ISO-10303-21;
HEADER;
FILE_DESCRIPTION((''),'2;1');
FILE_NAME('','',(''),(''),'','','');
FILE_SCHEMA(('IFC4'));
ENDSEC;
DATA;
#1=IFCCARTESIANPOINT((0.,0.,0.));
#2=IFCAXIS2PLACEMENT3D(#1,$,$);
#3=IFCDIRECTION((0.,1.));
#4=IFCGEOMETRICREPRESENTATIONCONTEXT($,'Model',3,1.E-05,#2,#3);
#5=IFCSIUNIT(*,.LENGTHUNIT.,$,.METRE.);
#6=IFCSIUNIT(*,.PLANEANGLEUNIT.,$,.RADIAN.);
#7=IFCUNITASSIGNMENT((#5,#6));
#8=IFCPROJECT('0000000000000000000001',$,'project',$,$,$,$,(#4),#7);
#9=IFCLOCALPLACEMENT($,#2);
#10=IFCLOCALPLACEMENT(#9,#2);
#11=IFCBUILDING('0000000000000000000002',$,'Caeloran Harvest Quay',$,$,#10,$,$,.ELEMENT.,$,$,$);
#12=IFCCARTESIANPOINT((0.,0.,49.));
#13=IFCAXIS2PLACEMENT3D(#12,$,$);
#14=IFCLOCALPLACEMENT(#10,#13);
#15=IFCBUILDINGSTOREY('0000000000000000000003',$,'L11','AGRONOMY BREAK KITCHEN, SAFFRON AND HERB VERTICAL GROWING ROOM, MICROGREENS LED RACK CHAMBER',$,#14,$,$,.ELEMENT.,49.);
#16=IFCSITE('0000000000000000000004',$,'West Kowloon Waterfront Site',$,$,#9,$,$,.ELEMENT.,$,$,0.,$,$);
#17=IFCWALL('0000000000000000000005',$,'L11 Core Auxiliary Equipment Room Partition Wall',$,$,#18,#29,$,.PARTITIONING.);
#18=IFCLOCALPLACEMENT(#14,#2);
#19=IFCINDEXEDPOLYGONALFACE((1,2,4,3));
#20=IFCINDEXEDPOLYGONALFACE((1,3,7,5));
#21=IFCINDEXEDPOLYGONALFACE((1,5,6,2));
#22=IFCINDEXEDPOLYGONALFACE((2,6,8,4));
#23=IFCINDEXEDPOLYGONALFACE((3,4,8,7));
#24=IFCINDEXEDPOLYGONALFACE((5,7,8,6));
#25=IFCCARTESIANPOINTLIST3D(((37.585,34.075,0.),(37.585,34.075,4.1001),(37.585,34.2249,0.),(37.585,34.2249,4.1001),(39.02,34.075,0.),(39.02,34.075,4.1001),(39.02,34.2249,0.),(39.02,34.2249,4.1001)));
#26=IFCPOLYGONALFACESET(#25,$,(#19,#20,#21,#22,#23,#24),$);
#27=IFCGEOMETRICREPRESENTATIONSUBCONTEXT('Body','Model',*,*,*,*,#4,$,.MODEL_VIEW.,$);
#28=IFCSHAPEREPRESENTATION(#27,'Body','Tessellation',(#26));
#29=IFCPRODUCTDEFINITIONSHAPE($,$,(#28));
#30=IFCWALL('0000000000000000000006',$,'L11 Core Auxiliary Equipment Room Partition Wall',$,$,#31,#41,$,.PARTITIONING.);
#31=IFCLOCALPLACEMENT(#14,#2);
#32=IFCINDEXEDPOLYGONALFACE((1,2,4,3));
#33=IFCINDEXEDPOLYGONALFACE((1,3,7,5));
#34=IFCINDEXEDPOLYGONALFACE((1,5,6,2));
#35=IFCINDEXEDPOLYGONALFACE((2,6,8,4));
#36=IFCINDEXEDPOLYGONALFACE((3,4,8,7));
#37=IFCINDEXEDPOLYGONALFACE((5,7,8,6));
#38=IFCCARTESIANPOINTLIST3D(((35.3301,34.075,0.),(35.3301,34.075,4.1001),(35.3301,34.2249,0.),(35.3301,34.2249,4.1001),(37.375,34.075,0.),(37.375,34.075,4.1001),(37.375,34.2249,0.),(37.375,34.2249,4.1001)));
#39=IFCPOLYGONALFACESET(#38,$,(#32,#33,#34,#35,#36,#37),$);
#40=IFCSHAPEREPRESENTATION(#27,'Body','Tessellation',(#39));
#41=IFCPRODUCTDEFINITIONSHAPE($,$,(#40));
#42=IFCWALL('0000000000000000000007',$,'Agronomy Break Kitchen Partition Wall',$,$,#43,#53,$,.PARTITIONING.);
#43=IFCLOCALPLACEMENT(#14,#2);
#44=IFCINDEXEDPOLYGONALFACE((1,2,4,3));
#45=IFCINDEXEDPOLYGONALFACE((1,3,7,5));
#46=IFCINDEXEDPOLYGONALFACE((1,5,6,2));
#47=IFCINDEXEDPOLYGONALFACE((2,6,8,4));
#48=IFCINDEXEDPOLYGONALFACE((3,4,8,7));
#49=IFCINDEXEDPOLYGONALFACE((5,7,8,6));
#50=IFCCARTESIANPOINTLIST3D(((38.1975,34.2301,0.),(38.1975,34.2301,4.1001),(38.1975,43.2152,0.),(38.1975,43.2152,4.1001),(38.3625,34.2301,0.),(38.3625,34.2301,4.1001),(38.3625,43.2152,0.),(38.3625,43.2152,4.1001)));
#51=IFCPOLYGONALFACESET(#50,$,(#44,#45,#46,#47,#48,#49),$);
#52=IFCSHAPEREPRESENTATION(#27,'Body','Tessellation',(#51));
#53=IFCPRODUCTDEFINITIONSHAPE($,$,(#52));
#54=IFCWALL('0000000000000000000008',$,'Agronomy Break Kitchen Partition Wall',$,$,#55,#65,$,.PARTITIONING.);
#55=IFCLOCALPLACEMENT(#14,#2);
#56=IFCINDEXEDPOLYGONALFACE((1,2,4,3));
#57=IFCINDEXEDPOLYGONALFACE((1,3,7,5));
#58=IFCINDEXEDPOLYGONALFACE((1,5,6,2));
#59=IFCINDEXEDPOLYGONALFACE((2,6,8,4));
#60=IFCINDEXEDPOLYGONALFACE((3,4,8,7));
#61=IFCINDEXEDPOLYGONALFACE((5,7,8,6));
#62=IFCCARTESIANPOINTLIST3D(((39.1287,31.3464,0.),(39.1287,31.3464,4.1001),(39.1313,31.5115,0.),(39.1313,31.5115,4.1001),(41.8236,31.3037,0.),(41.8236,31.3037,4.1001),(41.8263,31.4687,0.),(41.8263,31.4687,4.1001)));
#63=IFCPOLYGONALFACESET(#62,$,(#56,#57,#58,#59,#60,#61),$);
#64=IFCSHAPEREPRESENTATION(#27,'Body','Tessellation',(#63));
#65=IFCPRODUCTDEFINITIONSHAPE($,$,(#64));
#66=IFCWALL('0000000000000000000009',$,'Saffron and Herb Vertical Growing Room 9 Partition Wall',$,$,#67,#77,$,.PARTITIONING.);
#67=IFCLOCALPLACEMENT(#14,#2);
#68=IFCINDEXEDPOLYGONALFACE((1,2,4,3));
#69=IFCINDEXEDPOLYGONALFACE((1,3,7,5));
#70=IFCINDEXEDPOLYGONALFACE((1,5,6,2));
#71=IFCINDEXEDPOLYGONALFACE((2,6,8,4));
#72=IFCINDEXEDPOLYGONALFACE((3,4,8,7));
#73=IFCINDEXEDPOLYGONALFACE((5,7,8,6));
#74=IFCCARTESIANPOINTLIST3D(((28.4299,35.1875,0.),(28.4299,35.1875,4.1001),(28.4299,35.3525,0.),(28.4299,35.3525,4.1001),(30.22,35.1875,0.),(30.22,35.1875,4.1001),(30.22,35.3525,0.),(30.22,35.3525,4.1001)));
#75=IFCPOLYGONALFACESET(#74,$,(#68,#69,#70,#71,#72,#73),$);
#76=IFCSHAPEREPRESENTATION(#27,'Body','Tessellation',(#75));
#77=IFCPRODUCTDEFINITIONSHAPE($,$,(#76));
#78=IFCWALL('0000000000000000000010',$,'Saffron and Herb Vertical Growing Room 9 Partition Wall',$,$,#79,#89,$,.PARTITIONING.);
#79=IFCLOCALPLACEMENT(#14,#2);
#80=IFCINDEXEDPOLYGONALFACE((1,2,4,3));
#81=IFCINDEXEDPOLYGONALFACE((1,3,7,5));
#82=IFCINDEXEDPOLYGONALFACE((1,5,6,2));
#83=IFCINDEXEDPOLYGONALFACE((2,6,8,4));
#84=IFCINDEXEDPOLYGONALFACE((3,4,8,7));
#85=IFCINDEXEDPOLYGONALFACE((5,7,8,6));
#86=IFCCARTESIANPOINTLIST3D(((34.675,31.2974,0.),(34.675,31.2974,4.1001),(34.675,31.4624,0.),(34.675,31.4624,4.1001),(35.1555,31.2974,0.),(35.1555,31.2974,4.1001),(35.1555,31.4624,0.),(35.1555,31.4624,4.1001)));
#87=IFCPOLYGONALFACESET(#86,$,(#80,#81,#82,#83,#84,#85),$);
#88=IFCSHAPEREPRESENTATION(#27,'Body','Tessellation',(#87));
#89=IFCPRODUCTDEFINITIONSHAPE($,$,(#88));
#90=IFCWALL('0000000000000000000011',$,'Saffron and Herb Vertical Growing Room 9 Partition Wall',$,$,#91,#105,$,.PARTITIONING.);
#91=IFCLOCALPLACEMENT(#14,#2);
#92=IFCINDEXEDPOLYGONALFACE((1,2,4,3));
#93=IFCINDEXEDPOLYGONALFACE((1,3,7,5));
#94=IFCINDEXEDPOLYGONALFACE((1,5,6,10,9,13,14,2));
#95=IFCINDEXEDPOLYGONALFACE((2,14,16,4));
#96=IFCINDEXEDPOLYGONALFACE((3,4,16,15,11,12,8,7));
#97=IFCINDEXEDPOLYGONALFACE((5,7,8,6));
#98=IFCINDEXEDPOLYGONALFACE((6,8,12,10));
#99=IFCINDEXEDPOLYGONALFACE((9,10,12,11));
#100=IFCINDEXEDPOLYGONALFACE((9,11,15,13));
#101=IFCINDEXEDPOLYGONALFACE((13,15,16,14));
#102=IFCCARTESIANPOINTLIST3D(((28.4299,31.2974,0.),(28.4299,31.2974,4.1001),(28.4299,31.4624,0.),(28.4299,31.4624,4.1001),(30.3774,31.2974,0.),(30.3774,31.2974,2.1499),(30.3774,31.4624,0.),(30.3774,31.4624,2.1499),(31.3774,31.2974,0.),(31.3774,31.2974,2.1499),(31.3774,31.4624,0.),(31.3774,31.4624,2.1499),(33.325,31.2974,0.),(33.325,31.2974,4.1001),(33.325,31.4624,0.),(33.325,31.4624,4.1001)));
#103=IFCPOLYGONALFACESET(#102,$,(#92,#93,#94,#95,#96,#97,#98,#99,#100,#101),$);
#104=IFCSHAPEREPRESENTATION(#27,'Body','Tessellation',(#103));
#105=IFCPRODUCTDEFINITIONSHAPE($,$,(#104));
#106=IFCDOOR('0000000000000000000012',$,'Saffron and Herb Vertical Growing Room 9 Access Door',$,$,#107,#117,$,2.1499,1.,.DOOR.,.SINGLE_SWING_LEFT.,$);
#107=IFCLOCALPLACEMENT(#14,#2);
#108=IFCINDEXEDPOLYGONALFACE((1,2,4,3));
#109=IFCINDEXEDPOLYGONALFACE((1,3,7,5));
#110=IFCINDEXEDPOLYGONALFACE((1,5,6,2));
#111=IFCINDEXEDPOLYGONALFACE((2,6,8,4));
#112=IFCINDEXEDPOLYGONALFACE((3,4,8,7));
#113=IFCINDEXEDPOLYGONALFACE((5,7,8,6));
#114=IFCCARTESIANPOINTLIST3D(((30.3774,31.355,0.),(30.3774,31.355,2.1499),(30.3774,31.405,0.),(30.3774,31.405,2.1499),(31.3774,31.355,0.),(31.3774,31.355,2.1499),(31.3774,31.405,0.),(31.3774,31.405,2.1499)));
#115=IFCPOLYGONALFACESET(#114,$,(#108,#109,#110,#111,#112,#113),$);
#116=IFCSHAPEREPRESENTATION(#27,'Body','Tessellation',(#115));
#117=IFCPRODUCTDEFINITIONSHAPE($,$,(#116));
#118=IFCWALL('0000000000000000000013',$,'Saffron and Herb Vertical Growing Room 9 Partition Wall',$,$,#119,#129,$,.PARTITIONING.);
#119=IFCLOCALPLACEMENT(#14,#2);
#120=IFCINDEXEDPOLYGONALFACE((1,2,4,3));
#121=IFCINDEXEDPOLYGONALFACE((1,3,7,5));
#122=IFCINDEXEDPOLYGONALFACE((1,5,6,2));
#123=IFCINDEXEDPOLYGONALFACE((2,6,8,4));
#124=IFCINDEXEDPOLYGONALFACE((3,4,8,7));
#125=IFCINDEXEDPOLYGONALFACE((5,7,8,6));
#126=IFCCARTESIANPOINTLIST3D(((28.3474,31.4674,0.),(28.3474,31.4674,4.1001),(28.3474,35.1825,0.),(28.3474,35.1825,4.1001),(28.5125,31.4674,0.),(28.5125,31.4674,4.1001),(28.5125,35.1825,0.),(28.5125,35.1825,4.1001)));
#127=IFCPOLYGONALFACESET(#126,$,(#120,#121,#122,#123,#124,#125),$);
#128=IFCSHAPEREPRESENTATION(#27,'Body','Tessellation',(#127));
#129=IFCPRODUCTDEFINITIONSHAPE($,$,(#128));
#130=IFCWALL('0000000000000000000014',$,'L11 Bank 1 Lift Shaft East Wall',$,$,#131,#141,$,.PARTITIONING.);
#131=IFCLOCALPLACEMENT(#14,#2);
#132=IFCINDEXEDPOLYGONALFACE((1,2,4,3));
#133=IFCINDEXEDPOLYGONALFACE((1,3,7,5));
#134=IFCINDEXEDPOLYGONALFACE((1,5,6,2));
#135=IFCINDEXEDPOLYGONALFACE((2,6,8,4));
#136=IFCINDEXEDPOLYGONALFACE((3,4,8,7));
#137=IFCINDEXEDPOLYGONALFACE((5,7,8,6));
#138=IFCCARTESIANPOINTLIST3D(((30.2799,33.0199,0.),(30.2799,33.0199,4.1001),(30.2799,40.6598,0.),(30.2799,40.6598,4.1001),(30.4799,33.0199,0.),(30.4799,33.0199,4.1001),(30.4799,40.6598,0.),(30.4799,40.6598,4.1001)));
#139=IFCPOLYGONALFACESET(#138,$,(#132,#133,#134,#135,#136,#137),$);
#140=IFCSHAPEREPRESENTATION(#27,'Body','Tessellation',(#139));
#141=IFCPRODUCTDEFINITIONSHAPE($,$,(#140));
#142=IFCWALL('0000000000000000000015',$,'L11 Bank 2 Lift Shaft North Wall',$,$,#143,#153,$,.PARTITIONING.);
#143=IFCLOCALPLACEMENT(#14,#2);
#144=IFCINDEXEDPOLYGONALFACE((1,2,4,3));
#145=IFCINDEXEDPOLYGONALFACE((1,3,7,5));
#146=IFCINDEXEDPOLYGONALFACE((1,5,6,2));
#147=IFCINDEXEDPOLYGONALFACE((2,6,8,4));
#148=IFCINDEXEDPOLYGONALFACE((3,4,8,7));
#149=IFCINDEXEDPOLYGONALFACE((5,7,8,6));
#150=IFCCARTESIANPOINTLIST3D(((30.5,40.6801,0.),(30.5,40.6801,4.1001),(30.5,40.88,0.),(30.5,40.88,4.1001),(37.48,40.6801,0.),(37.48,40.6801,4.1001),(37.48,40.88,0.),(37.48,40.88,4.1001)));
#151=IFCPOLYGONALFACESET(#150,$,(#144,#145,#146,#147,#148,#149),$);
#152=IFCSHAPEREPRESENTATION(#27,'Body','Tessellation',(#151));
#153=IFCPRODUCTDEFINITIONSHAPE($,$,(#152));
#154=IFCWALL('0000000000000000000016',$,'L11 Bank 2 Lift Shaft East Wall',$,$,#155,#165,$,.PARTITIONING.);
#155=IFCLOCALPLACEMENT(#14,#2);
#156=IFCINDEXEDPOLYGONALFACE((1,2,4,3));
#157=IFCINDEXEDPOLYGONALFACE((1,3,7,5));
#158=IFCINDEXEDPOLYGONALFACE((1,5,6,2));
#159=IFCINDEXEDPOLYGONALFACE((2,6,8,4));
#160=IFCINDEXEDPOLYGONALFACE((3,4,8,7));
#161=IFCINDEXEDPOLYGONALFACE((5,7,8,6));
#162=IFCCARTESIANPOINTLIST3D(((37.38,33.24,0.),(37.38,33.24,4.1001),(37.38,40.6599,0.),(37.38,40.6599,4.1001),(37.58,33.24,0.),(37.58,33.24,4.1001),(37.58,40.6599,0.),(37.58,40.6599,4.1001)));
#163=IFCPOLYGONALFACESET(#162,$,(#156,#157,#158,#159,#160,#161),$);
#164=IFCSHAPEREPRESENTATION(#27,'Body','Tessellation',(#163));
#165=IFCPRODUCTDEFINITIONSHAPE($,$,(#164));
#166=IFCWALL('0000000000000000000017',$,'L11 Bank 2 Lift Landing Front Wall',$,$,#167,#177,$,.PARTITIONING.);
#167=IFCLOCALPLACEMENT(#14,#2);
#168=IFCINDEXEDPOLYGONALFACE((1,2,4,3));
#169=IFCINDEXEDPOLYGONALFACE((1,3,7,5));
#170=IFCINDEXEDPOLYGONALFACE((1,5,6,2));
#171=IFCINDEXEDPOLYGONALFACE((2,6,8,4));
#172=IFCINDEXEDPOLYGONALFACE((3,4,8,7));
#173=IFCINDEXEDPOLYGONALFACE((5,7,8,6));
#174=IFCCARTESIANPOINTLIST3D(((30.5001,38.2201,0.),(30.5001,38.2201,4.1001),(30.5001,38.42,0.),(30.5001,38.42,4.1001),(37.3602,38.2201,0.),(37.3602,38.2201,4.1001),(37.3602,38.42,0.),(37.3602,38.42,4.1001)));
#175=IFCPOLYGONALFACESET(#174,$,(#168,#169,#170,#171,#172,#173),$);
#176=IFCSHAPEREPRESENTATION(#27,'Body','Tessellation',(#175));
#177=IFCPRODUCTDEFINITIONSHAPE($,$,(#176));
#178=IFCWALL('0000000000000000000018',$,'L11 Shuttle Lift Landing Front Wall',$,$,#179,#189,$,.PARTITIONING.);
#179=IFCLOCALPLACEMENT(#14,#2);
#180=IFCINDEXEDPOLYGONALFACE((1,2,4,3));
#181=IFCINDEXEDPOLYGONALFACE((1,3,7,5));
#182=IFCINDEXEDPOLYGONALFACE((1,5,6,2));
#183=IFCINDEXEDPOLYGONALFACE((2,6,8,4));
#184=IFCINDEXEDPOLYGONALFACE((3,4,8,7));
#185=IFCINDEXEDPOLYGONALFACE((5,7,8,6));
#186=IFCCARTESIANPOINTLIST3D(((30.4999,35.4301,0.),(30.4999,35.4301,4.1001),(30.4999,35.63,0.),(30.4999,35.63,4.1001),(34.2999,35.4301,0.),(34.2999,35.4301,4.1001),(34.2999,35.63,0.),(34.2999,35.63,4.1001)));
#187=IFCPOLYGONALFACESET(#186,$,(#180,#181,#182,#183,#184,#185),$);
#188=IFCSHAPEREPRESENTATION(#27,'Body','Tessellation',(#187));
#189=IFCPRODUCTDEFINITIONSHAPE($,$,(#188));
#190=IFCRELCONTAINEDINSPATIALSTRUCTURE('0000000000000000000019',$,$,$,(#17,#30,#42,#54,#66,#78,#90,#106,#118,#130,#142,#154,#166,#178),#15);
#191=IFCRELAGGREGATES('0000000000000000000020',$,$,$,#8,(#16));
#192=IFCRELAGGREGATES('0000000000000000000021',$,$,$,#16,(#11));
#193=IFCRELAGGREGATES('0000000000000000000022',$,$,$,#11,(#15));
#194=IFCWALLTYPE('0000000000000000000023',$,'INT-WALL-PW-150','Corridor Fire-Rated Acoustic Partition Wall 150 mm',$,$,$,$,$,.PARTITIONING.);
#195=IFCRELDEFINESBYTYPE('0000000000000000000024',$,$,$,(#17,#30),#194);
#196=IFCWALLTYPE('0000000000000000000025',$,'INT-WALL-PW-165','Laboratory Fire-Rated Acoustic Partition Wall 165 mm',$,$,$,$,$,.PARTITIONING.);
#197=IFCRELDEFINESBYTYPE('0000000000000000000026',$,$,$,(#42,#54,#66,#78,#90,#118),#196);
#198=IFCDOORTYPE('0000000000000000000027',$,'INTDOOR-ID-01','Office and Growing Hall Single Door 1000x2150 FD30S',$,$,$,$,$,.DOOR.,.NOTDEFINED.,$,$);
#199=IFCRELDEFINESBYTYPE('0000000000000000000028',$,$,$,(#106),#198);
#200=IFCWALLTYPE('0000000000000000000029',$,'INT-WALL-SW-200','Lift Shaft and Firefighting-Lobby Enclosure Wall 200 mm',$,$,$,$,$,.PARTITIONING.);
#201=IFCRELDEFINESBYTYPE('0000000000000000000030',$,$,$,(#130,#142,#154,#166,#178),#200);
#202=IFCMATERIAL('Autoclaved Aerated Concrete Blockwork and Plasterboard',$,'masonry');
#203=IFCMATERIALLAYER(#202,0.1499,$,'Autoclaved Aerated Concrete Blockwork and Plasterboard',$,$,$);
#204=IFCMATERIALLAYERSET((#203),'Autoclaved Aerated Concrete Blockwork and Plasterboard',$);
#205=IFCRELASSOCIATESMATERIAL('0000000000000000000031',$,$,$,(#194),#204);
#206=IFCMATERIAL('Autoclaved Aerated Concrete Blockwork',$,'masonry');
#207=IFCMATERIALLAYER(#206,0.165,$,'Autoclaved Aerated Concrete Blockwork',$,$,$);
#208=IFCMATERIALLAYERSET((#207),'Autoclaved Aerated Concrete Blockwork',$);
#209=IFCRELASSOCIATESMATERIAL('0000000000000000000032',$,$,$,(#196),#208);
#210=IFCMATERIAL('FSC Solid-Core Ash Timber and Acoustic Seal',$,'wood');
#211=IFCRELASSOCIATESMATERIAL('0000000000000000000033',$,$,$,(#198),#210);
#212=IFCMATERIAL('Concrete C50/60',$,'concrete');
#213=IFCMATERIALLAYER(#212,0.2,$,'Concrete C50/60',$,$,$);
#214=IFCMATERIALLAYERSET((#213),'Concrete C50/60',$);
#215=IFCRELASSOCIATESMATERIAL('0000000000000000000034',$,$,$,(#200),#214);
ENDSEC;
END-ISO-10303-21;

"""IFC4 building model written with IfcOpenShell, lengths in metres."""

from ifc_helpers import new_model, si_unit, direction, frame, frame_2d, origin, place, context, subcontext, project, spatial, rectangle, extrude, material, layer, layer_set, type_object, element, fill, save


model = new_model("IFC4")

# Units and contexts
model_context = context("Model", 3, precision=1e-05, world=origin(), true_north=direction((0.0, 1.0)))
body_context = subcontext(model_context, "Body", "Model", "MODEL_VIEW")
ifc_project = project(units=[si_unit("LENGTHUNIT", "METRE"), si_unit("PLANEANGLEUNIT", "RADIAN")], contexts=[model_context])

# Site, building, storey
site_placement = place(None, origin())
site = spatial("IfcSite", under=ifc_project, at=site_placement, Name="West Kowloon Waterfront Site", CompositionType="ELEMENT", RefElevation=0.0)
building_placement = place(site_placement, origin())
building = spatial("IfcBuilding", under=site, at=building_placement, Name="Caeloran Harvest Quay", CompositionType="ELEMENT")
storey_placement = place(building_placement, frame((0.0, 0.0, 49.0)))
storey = spatial("IfcBuildingStorey", under=building, at=storey_placement, Name="L11", Description="AGRONOMY BREAK KITCHEN, SAFFRON AND HERB VERTICAL GROWING ROOM, MICROGREENS LED RACK CHAMBER", CompositionType="ELEMENT", Elevation=49.0)

# Shared definitions
ifc_material_1 = material(Name="Autoclaved Aerated Concrete Blockwork and Plasterboard", Category="masonry")
ifc_layer_1 = layer(ifc_material_1, 0.1499, Name="Autoclaved Aerated Concrete Blockwork and Plasterboard")
ifc_layer_set_1 = layer_set([ifc_layer_1], Name="Autoclaved Aerated Concrete Blockwork and Plasterboard")
wall_type_1 = type_object("IfcWallType", Name="INT-WALL-PW-150", Description="Corridor Fire-Rated Acoustic Partition Wall 150 mm", PredefinedType="PARTITIONING", material=ifc_layer_set_1)

# Walls
wall_1_placement = place(storey_placement, frame((37.585, 34.1499, 0.0), z_axis=(0.0, 0.0, 1.0), x_axis=(1.0, 0.0, 0.0)))
element("IfcWall", 1, at=wall_1_placement, inside=storey, type_object=wall_type_1, Name="L11 Core Auxiliary Equipment Room Partition Wall", PredefinedType="PARTITIONING", context=body_context, shape_type="SweptSolid", body=[
    extrude(rectangle(XDim=1.4351, YDim=0.1499, at=frame_2d((0.7175, 0.0))), origin(), (0.0, 0.0, 1.0), 4.1001),
])
wall_2_placement = place(storey_placement, frame((35.3301, 34.1499, 0.0), z_axis=(0.0, 0.0, 1.0), x_axis=(1.0, 0.0, 0.0)))
element("IfcWall", 2, at=wall_2_placement, inside=storey, type_object=wall_type_1, Name="L11 Core Auxiliary Equipment Room Partition Wall", PredefinedType="PARTITIONING", context=body_context, shape_type="SweptSolid", body=[
    extrude(rectangle(XDim=2.0449, YDim=0.1499, at=frame_2d((1.0225, 0.0))), origin(), (0.0, 0.0, 1.0), 4.1001),
])
ifc_material_2 = material(Name="Autoclaved Aerated Concrete Blockwork", Category="masonry")
ifc_layer_2 = layer(ifc_material_2, 0.165, Name="Autoclaved Aerated Concrete Blockwork")
ifc_layer_set_2 = layer_set([ifc_layer_2], Name="Autoclaved Aerated Concrete Blockwork")
wall_type_2 = type_object("IfcWallType", Name="INT-WALL-PW-165", Description="Laboratory Fire-Rated Acoustic Partition Wall 165 mm", PredefinedType="PARTITIONING", material=ifc_layer_set_2)
wall_3_placement = place(storey_placement, frame((38.28, 34.23, 0.0), z_axis=(0.0, 0.0, 1.0), x_axis=(0.0, 1.0, 0.0)))
element("IfcWall", 3, at=wall_3_placement, inside=storey, type_object=wall_type_2, Name="Agronomy Break Kitchen Partition Wall", PredefinedType="PARTITIONING", context=body_context, shape_type="SweptSolid", body=[
    extrude(rectangle(XDim=8.9851, YDim=0.165, at=frame_2d((4.4927, 0.0))), origin(), (0.0, 0.0, 1.0), 4.1001),
])
wall_4_placement = place(storey_placement, frame((41.825, 31.3862, 0.0), z_axis=(0.0, 0.0, 1.0), x_axis=(-0.999874, 0.015851, 0.0)))
element("IfcWall", 4, at=wall_4_placement, inside=storey, type_object=wall_type_2, Name="Agronomy Break Kitchen Partition Wall", PredefinedType="PARTITIONING", context=body_context, shape_type="SweptSolid", body=[
    extrude(rectangle(XDim=2.6953, YDim=0.165, at=frame_2d((1.3477, 0.0))), origin(), (0.0, 0.0, 1.0), 4.1001),
])
wall_5_placement = place(storey_placement, frame((28.4299, 35.27, 0.0), z_axis=(0.0, 0.0, 1.0), x_axis=(1.0, 0.0, 0.0)))
element("IfcWall", 5, at=wall_5_placement, inside=storey, type_object=wall_type_2, Name="Saffron and Herb Vertical Growing Room 9 Partition Wall", PredefinedType="PARTITIONING", context=body_context, shape_type="SweptSolid", body=[
    extrude(rectangle(XDim=1.79, YDim=0.165, at=frame_2d((0.895, 0.0))), origin(), (0.0, 0.0, 1.0), 4.1001),
])
wall_6_placement = place(storey_placement, frame((35.1555, 31.3799, 0.0), z_axis=(0.0, 0.0, 1.0), x_axis=(-1.0, 0.0, 0.0)))
element("IfcWall", 6, at=wall_6_placement, inside=storey, type_object=wall_type_2, Name="Saffron and Herb Vertical Growing Room 9 Partition Wall", PredefinedType="PARTITIONING", context=body_context, shape_type="SweptSolid", body=[
    extrude(rectangle(XDim=0.4805, YDim=0.165, at=frame_2d((0.2402, 0.0))), origin(), (0.0, 0.0, 1.0), 4.1001),
])

# Wall, opening, door
wall_7_placement = place(storey_placement, frame((33.325, 31.3799, 0.0), z_axis=(0.0, 0.0, 1.0), x_axis=(-1.0, 0.0, 0.0)))
wall_7 = element("IfcWall", 7, at=wall_7_placement, inside=storey, type_object=wall_type_2, Name="Saffron and Herb Vertical Growing Room 9 Partition Wall", PredefinedType="PARTITIONING", context=body_context, shape_type="SweptSolid", body=[
    extrude(rectangle(XDim=4.895, YDim=0.165, at=frame_2d((2.4475, 0.0))), origin(), (0.0, 0.0, 1.0), 4.1001),
])
opening_1_placement = place(wall_7_placement, frame((1.9475, 0.0, 0.0)))
opening_1 = element("IfcOpeningElement", 8, at=opening_1_placement, cuts=wall_7, PredefinedType="OPENING", context=body_context, shape_type="SweptSolid", body=[
    extrude(rectangle(XDim=1.0, YDim=2.1499, at=frame_2d((0.5, 1.075))), frame((0.0, 0.0925, 0.0), z_axis=(0.0, -1.0, 0.0), x_axis=(1.0, 0.0, 0.0)), (0.0, 0.0, 1.0), 0.1851),
])
ifc_material_3 = material(Name="FSC Solid-Core Ash Timber and Acoustic Seal", Category="wood")
door_type_1 = type_object("IfcDoorType", Name="INTDOOR-ID-01", Description="Office and Growing Hall Single Door 1000x2150 FD30S", OperationType="NOTDEFINED", PredefinedType="DOOR", material=ifc_material_3)
door_1_placement = place(opening_1_placement, origin())
door_1 = element("IfcDoor", 9, at=door_1_placement, inside=storey, type_object=door_type_1, Name="Saffron and Herb Vertical Growing Room 9 Access Door", OperationType="SINGLE_SWING_LEFT", OverallHeight=2.1499, OverallWidth=1.0, PredefinedType="DOOR", context=body_context, shape_type="SweptSolid", body=[
    extrude(rectangle(XDim=1.0, YDim=2.1499, at=frame_2d((0.5, 1.075))), frame((0.0, 0.0249, 0.0), z_axis=(0.0, -1.0, 0.0), x_axis=(1.0, 0.0, 0.0)), (0.0, 0.0, 1.0), 0.05),
])
fill(opening_1, door_1)

# Walls
wall_8_placement = place(storey_placement, frame((28.4299, 31.4675, 0.0), z_axis=(0.0, 0.0, 1.0), x_axis=(0.0, 1.0, 0.0)))
element("IfcWall", 10, at=wall_8_placement, inside=storey, type_object=wall_type_2, Name="Saffron and Herb Vertical Growing Room 9 Partition Wall", PredefinedType="PARTITIONING", context=body_context, shape_type="SweptSolid", body=[
    extrude(rectangle(XDim=3.7151, YDim=0.165, at=frame_2d((1.8574, 0.0))), origin(), (0.0, 0.0, 1.0), 4.1001),
])
ifc_material_4 = material(Name="Concrete C50/60", Category="concrete")
ifc_layer_3 = layer(ifc_material_4, 0.2, Name="Concrete C50/60")
ifc_layer_set_3 = layer_set([ifc_layer_3], Name="Concrete C50/60")
wall_type_3 = type_object("IfcWallType", Name="INT-WALL-SW-200", Description="Lift Shaft and Firefighting-Lobby Enclosure Wall 200 mm", PredefinedType="PARTITIONING", material=ifc_layer_set_3)
wall_9_placement = place(storey_placement, frame((30.3799, 33.02, 0.0), z_axis=(0.0, 0.0, 1.0), x_axis=(0.0, 1.0, 0.0)))
element("IfcWall", 11, at=wall_9_placement, inside=storey, type_object=wall_type_3, Name="L11 Bank 1 Lift Shaft East Wall", PredefinedType="PARTITIONING", context=body_context, shape_type="SweptSolid", body=[
    extrude(rectangle(XDim=7.6399, YDim=0.2, at=frame_2d((3.8198, 0.0))), origin(), (0.0, 0.0, 1.0), 4.1001),
])
wall_10_placement = place(storey_placement, frame((30.5, 40.78, 0.0), z_axis=(0.0, 0.0, 1.0), x_axis=(1.0, 0.0, 0.0)))
element("IfcWall", 12, at=wall_10_placement, inside=storey, type_object=wall_type_3, Name="L11 Bank 2 Lift Shaft North Wall", PredefinedType="PARTITIONING", context=body_context, shape_type="SweptSolid", body=[
    extrude(rectangle(XDim=6.98, YDim=0.2, at=frame_2d((3.49, 0.0))), origin(), (0.0, 0.0, 1.0), 4.1001),
])
wall_11_placement = place(storey_placement, frame((37.48, 33.24, 0.0), z_axis=(0.0, 0.0, 1.0), x_axis=(0.0, 1.0, 0.0)))
element("IfcWall", 13, at=wall_11_placement, inside=storey, type_object=wall_type_3, Name="L11 Bank 2 Lift Shaft East Wall", PredefinedType="PARTITIONING", context=body_context, shape_type="SweptSolid", body=[
    extrude(rectangle(XDim=7.4199, YDim=0.2, at=frame_2d((3.71, 0.0))), origin(), (0.0, 0.0, 1.0), 4.1001),
])
wall_12_placement = place(storey_placement, frame((30.5, 38.3201, 0.0), z_axis=(0.0, 0.0, 1.0), x_axis=(1.0, 0.0, 0.0)))
element("IfcWall", 14, at=wall_12_placement, inside=storey, type_object=wall_type_3, Name="L11 Bank 2 Lift Landing Front Wall", PredefinedType="PARTITIONING", context=body_context, shape_type="SweptSolid", body=[
    extrude(rectangle(XDim=6.8601, YDim=0.2, at=frame_2d((3.4302, 0.0))), origin(), (0.0, 0.0, 1.0), 4.1001),
])
for number, where, z_axis, x_axis, name in (
    (15, (30.5, 35.53, 0.0), (0.0, 0.0, 1.0), (1.0, 0.0, 0.0), "L11 Shuttle Lift Landing Front Wall"),
):
    element("IfcWall", number, at=place(storey_placement, frame(where, z_axis=z_axis, x_axis=x_axis)), inside=storey, type_object=wall_type_3, Name=name, PredefinedType="PARTITIONING", context=body_context, shape_type="SweptSolid", body=[
        extrude(rectangle(XDim=3.8, YDim=0.2, at=frame_2d((1.8999, 0.0))), origin(), (0.0, 0.0, 1.0), 4.1001),
    ])

save(model, "model.ifc")
